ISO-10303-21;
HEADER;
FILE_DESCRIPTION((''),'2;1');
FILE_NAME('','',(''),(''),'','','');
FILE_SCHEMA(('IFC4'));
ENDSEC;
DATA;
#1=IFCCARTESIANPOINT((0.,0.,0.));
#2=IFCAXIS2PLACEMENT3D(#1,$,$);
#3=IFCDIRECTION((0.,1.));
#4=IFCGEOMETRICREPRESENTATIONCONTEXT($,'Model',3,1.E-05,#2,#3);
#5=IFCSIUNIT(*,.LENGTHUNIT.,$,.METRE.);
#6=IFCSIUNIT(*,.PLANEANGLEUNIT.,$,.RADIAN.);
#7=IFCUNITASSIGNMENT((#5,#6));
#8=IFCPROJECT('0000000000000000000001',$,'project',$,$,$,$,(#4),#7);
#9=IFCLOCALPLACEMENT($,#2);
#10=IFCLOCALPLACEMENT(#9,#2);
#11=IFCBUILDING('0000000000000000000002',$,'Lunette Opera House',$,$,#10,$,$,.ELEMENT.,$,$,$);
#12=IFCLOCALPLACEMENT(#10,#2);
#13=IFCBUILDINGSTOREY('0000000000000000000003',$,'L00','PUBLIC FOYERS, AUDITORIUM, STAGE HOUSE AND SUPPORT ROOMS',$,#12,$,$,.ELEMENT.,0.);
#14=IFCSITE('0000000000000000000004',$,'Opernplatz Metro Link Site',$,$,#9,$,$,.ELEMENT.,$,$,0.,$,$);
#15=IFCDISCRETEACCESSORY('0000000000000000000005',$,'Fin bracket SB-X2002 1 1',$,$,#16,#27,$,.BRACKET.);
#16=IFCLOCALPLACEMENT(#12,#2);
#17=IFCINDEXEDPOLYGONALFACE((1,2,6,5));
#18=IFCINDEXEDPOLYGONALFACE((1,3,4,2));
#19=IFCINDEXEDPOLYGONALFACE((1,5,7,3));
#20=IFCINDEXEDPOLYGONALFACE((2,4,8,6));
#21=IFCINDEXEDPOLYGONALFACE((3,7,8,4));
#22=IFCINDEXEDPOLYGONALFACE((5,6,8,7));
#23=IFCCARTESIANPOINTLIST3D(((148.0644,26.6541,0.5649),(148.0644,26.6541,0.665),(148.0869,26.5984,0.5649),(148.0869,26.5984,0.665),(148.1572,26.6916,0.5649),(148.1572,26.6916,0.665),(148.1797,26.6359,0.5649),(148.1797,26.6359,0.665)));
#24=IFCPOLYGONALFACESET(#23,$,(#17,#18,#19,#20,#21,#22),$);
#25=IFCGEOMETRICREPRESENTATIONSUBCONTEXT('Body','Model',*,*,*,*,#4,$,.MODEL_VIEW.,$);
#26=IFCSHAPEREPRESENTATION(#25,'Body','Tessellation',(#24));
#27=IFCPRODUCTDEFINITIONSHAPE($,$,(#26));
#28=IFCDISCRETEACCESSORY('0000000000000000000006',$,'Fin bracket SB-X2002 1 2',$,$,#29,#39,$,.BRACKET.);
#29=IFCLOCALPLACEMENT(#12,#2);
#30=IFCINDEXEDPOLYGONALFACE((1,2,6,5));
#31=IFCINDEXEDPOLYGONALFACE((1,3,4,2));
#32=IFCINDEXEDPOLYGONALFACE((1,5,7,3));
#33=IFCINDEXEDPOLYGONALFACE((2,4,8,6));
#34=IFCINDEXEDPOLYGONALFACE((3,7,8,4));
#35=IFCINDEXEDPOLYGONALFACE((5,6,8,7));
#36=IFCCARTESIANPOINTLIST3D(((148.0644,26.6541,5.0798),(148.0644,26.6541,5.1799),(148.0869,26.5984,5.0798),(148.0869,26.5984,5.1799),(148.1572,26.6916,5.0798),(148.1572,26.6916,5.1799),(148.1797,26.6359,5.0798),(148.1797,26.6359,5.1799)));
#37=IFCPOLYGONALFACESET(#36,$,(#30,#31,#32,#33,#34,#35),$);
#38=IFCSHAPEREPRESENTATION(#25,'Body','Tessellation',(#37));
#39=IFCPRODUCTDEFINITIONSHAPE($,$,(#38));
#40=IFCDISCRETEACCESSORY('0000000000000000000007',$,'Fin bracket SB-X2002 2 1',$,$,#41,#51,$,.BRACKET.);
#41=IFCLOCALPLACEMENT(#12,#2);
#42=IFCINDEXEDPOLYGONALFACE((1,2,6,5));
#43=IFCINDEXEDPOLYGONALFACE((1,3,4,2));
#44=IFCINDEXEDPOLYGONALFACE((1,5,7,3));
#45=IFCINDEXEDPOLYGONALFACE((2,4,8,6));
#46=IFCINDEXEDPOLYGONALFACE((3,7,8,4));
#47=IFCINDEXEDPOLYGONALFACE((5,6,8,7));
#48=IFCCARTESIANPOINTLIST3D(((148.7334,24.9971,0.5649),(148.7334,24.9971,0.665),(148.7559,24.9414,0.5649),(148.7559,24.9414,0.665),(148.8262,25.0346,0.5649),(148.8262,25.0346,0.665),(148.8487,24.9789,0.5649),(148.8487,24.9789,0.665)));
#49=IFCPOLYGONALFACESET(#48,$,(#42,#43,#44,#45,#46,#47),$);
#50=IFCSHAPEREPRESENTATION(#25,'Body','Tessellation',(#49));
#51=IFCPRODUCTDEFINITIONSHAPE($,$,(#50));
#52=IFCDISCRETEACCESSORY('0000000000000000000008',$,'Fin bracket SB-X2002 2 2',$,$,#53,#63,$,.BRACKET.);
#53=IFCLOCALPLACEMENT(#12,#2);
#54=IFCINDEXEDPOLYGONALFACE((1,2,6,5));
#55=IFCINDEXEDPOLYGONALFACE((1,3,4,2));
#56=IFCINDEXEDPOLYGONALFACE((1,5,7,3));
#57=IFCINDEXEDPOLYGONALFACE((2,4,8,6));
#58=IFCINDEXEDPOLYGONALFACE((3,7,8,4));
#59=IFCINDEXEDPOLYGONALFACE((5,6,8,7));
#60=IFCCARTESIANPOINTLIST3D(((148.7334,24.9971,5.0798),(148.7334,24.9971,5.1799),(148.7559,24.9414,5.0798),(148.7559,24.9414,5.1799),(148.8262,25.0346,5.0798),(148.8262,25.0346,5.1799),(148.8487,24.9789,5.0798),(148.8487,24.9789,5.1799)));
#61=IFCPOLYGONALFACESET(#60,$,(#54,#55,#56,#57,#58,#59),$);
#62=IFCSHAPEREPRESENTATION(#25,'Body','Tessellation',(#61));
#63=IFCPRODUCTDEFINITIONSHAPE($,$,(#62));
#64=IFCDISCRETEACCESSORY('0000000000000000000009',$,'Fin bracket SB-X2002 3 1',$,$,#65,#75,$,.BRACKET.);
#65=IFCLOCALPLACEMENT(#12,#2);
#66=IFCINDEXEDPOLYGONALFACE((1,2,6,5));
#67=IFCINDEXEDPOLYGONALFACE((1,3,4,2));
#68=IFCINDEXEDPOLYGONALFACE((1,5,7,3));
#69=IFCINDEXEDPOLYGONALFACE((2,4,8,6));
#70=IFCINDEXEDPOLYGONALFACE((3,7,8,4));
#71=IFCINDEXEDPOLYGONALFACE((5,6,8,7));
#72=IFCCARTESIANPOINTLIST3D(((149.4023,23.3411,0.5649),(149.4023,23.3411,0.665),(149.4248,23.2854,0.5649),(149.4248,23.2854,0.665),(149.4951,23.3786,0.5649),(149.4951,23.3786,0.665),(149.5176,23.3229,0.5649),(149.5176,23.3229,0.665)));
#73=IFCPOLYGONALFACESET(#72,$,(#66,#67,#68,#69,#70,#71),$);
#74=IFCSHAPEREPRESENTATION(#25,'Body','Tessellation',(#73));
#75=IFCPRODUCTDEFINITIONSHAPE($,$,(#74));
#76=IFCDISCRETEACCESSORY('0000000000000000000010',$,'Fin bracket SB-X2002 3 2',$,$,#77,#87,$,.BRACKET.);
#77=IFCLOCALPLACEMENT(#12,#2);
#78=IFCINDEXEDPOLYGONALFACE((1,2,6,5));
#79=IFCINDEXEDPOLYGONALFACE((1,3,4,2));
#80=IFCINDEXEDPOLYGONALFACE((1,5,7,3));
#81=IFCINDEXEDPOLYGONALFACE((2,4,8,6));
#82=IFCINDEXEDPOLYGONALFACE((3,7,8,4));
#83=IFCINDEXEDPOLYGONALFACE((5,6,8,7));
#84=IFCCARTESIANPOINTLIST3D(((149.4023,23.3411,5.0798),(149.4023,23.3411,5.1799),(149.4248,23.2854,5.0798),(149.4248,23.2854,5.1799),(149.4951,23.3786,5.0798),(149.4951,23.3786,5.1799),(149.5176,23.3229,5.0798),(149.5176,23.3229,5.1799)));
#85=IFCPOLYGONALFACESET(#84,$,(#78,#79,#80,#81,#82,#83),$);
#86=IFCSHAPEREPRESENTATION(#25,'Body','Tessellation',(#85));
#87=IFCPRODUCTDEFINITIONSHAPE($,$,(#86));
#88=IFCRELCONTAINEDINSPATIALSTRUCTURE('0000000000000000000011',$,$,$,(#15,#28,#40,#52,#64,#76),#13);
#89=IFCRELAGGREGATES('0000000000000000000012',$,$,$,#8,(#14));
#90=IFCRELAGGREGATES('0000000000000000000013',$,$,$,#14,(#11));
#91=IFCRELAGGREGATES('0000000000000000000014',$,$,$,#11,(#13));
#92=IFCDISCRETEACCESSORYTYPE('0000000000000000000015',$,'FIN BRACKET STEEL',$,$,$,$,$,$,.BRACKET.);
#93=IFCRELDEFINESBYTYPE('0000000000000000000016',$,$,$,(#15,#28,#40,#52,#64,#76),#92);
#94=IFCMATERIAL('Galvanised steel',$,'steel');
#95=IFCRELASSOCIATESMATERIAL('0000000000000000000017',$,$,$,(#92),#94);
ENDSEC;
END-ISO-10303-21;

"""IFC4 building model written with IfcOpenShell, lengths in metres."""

from ifc_helpers import new_model, si_unit, direction, frame, origin, origin_2d, place, context, subcontext, project, spatial, rectangle, extrude, material, type_object, element, save


model = new_model("IFC4")

# Units and contexts
model_context = context("Model", 3, precision=1e-05, world=origin(), true_north=direction((0.0, 1.0)))
body_context = subcontext(model_context, "Body", "Model", "MODEL_VIEW")
ifc_project = project(units=[si_unit("LENGTHUNIT", "METRE"), si_unit("PLANEANGLEUNIT", "RADIAN")], contexts=[model_context])

# Site, building, storey
site_placement = place(None, origin())
site = spatial("IfcSite", under=ifc_project, at=site_placement, Name="Opernplatz Metro Link Site", CompositionType="ELEMENT", RefElevation=0.0)
building_placement = place(site_placement, origin())
building = spatial("IfcBuilding", under=site, at=building_placement, Name="Lunette Opera House", CompositionType="ELEMENT")
storey_placement = place(building_placement, origin())
storey = spatial("IfcBuildingStorey", under=building, at=storey_placement, Name="L00", Description="PUBLIC FOYERS, AUDITORIUM, STAGE HOUSE AND SUPPORT ROOMS", CompositionType="ELEMENT", Elevation=0.0)

# Discrete accessories
ifc_material_1 = material(Name="Galvanised steel", Category="steel")
discrete_accessory_type = type_object("IfcDiscreteAccessoryType", Name="FIN BRACKET STEEL", PredefinedType="BRACKET", material=ifc_material_1)
for number, where, z_axis, x_axis, name in (
    (1, (148.1221, 26.645, 0.5649), (0.0, 0.0, 1.0), (-0.927188, -0.374597, 0.0), "Fin bracket SB-X2002 1 1"),
    (2, (148.1221, 26.645, 5.0798), (0.0, 0.0, 1.0), (-0.927188, -0.374597, 0.0), "Fin bracket SB-X2002 1 2"),
    (3, (148.791, 24.988, 0.5649), (0.0, 0.0, 1.0), (-0.927188, -0.374597, 0.0), "Fin bracket SB-X2002 2 1"),
    (4, (148.791, 24.988, 5.0798), (0.0, 0.0, 1.0), (-0.927188, -0.374597, 0.0), "Fin bracket SB-X2002 2 2"),
    (5, (149.46, 23.332, 0.5649), (0.0, 0.0, 1.0), (-0.927188, -0.374597, 0.0), "Fin bracket SB-X2002 3 1"),
    (6, (149.46, 23.332, 5.0798), (0.0, 0.0, 1.0), (-0.927188, -0.374597, 0.0), "Fin bracket SB-X2002 3 2"),
):
    element("IfcDiscreteAccessory", number, at=place(storey_placement, frame(where, z_axis=z_axis, x_axis=x_axis)), inside=storey, type_object=discrete_accessory_type, Name=name, PredefinedType="BRACKET", context=body_context, shape_type="SweptSolid", body=[
        extrude(rectangle(XDim=0.1001, YDim=0.0601, at=origin_2d()), origin(), (0.0, 0.0, 1.0), 0.1001),
    ])

save(model, "model.ifc")
